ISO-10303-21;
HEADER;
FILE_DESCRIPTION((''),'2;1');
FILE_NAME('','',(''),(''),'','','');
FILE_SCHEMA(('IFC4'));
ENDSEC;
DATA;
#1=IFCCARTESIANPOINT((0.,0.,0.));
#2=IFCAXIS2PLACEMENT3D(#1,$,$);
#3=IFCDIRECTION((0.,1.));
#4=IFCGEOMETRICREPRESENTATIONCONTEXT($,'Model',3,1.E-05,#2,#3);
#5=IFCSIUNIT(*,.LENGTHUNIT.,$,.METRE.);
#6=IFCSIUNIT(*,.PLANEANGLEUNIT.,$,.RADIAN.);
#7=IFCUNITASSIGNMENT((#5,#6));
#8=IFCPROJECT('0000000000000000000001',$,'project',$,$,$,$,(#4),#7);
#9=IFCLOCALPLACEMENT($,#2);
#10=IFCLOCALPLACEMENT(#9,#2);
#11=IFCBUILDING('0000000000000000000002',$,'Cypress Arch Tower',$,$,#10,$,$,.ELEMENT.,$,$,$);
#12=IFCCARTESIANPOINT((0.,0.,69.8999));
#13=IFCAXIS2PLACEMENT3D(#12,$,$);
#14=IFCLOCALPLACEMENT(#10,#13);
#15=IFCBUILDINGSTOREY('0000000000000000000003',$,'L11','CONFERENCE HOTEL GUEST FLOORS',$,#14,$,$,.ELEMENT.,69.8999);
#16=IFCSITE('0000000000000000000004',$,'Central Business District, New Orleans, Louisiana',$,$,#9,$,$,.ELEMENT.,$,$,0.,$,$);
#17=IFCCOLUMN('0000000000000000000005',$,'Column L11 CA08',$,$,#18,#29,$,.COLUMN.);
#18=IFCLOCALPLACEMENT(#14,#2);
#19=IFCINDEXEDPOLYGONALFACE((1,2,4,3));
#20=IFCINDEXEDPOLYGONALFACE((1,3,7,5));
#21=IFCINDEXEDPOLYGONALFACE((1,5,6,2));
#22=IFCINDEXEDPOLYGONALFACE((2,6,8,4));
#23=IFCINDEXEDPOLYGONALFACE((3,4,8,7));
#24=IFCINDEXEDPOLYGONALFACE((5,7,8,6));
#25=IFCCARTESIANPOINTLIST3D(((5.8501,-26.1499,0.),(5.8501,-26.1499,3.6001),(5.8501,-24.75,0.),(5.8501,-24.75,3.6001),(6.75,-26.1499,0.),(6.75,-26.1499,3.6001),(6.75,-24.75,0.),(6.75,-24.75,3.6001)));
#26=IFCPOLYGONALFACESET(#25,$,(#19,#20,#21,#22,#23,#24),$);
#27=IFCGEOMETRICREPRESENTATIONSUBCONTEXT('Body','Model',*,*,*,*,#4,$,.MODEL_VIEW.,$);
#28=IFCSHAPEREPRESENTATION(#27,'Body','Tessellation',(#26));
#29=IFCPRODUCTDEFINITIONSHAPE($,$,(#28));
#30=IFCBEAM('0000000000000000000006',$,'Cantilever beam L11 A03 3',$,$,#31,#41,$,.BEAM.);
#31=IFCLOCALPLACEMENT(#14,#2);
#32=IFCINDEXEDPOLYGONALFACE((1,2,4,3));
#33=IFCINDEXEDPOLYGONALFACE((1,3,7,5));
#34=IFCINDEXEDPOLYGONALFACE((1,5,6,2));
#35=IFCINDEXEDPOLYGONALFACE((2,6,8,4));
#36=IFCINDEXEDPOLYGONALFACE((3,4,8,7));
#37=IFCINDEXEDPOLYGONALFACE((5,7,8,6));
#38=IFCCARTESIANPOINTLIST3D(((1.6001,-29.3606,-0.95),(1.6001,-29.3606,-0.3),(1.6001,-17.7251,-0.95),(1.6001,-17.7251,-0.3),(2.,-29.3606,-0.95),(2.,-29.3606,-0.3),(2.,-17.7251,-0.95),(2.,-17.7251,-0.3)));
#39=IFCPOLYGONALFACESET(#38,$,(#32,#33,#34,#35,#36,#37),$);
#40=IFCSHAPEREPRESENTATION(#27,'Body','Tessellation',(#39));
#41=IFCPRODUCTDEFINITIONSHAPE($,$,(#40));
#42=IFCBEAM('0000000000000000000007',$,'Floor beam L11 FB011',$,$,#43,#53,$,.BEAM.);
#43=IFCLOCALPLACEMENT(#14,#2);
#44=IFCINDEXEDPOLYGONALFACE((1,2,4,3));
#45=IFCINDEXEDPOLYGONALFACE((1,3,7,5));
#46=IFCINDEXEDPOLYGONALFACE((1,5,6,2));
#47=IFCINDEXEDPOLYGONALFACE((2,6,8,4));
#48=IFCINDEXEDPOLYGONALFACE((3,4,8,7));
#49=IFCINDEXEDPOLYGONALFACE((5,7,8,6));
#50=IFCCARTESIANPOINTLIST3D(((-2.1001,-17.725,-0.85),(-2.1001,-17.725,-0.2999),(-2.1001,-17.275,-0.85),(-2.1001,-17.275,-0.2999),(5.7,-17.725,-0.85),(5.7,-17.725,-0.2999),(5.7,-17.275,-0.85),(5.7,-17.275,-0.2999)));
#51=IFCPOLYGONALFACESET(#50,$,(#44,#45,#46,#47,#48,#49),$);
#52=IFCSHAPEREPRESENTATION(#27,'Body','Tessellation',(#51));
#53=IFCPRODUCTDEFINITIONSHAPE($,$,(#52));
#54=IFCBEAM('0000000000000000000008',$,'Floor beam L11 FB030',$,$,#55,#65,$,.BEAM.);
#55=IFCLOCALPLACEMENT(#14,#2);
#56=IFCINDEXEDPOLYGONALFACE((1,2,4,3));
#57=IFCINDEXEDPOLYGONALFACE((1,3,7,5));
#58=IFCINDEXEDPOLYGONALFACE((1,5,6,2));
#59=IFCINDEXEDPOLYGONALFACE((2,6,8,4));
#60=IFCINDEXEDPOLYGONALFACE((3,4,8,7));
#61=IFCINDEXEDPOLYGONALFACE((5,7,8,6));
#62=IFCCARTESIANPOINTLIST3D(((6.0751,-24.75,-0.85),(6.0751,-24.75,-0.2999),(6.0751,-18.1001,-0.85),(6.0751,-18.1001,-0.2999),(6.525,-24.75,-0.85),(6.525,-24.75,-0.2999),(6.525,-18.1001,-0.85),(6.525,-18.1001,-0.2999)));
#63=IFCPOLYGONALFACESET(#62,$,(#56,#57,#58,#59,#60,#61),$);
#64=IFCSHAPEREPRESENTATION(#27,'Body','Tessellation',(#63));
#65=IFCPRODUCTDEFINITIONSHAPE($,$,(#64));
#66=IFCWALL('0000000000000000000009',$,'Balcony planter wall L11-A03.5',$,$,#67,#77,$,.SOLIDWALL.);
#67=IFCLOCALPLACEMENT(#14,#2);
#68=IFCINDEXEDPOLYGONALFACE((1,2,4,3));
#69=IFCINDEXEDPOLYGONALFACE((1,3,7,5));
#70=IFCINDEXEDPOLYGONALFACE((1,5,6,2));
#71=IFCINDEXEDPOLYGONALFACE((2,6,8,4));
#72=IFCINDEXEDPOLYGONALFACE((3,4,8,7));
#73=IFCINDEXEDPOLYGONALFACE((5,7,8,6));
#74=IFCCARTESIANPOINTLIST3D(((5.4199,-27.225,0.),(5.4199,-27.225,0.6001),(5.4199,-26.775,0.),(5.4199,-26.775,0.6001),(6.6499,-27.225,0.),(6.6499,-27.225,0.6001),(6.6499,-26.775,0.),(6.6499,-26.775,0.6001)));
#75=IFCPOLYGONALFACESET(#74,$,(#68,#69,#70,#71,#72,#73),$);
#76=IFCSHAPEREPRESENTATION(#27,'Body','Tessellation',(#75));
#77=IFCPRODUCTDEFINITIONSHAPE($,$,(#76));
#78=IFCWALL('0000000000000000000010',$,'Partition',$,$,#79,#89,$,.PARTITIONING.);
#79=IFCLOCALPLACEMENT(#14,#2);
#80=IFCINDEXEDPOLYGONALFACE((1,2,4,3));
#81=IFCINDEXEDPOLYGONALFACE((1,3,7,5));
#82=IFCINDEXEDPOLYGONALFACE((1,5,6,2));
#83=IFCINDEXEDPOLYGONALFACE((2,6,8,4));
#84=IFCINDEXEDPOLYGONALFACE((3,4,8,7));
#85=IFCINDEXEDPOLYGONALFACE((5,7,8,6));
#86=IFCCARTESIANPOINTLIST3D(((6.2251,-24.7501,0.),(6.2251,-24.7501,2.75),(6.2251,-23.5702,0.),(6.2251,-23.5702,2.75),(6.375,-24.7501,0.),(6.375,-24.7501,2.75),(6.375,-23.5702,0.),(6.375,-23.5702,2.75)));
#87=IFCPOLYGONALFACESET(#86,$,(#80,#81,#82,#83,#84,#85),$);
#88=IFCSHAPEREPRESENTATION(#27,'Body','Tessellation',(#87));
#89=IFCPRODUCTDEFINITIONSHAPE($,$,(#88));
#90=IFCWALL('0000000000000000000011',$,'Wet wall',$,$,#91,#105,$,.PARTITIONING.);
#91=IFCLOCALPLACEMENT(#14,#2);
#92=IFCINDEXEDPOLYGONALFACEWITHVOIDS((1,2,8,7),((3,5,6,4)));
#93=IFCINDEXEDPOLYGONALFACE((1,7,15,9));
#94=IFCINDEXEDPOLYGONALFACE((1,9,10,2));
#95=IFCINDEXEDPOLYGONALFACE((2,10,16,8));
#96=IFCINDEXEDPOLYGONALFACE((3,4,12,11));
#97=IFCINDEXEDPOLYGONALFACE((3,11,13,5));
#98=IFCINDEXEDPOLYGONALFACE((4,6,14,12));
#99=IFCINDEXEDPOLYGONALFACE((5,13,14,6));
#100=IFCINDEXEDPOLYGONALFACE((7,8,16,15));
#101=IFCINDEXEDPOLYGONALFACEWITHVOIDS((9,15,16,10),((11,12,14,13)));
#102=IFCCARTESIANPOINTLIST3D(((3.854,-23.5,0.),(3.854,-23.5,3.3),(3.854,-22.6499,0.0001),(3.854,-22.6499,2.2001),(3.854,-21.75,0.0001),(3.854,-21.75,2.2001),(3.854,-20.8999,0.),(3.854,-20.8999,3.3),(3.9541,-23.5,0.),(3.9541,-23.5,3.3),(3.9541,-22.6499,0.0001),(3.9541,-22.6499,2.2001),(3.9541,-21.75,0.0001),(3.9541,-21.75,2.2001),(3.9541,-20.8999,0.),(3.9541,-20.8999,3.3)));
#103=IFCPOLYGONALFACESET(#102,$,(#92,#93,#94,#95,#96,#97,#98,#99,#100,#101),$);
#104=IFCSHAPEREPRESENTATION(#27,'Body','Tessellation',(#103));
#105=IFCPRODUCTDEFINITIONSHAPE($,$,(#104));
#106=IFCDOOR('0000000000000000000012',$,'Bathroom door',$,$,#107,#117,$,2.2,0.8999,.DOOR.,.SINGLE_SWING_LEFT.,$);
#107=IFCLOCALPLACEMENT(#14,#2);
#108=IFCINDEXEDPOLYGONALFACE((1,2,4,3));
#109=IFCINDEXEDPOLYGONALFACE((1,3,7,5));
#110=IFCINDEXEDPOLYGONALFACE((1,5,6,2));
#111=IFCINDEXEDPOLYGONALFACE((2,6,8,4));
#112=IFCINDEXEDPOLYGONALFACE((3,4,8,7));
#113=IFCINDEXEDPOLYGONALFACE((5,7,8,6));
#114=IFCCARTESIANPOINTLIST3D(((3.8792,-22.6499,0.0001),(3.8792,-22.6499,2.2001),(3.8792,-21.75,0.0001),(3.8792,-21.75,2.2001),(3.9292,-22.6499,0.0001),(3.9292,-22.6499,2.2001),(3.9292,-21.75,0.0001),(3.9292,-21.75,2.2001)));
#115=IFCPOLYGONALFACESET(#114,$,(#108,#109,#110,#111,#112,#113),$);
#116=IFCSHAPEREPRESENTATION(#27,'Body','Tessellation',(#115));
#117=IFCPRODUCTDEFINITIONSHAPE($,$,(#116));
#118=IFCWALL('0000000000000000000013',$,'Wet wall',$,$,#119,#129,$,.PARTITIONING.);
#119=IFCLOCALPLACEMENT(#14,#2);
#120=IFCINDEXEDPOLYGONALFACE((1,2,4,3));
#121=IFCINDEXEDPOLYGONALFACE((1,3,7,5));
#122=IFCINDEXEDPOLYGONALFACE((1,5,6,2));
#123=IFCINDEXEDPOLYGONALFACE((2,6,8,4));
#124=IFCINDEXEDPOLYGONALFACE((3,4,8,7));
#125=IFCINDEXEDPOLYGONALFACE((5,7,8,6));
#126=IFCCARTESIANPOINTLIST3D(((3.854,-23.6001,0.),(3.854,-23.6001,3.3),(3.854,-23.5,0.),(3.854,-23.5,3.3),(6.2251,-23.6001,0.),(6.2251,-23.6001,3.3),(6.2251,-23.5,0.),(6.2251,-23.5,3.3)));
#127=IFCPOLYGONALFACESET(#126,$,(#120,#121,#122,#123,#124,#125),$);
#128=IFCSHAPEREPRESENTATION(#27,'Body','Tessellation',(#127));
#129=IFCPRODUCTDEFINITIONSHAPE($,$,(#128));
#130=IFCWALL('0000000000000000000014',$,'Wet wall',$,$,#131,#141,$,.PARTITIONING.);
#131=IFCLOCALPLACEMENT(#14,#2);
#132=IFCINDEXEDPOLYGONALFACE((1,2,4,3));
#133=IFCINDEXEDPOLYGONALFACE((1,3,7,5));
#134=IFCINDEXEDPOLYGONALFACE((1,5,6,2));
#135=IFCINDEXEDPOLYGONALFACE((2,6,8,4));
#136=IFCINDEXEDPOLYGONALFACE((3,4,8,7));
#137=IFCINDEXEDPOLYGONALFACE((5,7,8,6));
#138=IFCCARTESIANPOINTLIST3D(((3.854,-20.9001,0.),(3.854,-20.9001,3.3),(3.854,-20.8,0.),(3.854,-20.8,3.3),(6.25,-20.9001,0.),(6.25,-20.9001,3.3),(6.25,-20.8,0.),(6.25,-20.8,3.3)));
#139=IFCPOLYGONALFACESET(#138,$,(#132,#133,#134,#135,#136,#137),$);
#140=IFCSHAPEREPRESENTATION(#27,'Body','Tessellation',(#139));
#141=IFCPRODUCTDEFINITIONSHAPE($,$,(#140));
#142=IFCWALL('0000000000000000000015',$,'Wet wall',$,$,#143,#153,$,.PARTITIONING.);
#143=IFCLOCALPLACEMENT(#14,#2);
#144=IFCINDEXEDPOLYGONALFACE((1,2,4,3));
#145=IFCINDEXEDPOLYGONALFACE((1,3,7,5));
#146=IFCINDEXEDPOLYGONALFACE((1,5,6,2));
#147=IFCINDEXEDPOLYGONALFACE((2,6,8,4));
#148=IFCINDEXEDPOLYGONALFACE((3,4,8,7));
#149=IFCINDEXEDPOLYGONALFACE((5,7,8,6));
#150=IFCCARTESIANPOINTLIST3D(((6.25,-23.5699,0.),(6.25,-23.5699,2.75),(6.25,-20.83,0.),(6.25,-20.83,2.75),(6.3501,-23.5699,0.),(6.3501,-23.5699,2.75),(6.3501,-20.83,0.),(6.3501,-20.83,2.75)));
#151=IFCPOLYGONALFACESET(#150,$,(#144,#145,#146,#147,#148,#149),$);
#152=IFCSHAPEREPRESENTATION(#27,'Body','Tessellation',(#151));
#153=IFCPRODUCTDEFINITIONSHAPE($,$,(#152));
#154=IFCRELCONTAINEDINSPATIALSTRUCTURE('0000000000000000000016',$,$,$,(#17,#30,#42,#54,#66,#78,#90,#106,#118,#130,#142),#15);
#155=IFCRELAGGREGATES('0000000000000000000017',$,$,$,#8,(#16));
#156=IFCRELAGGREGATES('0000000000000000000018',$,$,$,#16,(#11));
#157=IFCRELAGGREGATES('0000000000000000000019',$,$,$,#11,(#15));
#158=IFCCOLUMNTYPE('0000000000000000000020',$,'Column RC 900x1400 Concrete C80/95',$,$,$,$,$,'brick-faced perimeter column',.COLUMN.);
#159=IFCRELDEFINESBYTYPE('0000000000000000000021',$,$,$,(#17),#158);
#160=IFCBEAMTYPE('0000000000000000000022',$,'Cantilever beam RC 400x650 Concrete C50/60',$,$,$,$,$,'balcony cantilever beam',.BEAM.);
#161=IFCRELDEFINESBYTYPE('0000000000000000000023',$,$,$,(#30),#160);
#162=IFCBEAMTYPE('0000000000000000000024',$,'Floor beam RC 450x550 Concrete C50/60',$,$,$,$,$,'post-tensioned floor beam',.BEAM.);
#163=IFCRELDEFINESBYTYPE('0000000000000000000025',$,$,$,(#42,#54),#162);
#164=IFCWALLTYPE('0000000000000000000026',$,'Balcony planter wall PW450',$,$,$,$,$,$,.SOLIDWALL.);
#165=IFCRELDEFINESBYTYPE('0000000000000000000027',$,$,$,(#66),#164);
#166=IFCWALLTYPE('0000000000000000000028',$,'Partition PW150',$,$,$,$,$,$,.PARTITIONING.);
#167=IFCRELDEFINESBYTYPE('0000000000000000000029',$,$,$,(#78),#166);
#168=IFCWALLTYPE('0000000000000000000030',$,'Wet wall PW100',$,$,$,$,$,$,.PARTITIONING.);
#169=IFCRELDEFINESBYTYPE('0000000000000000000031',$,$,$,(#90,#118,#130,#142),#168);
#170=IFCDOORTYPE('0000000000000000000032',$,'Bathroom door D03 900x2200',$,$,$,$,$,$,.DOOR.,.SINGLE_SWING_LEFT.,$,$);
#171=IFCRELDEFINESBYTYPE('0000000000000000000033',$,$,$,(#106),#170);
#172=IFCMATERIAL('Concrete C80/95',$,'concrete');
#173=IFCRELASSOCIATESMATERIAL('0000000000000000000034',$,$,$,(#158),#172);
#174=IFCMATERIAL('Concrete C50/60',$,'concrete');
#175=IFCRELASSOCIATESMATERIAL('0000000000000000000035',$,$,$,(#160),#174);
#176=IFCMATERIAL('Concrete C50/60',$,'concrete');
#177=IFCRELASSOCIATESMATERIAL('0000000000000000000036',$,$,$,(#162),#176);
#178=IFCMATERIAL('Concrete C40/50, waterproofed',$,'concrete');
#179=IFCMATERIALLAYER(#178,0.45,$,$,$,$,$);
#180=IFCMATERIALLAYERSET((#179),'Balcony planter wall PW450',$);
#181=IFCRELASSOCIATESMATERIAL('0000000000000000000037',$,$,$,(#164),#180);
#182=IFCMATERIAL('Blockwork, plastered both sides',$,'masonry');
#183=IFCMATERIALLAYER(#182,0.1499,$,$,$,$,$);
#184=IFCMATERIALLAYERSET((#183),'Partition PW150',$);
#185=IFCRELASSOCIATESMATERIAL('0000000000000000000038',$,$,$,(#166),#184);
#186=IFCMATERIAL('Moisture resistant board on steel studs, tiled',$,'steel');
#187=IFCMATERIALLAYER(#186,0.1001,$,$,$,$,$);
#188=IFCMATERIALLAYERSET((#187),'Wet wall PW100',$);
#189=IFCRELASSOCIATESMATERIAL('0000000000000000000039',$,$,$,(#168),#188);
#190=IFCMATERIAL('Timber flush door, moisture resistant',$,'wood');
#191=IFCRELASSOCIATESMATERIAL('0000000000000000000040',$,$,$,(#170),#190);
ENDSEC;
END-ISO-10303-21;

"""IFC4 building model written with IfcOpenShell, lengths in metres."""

from ifc_helpers import new_model, si_unit, direction, frame, frame_2d, origin, origin_2d, place, context, subcontext, project, spatial, rectangle, extrude, material, layer, layer_set, material_profile, profile_set, type_object, element, fill, save


model = new_model("IFC4")

# Units and contexts
model_context = context("Model", 3, precision=1e-05, world=origin(), true_north=direction((0.0, 1.0)))
body_context = subcontext(model_context, "Body", "Model", "MODEL_VIEW")
ifc_project = project(units=[si_unit("LENGTHUNIT", "METRE"), si_unit("PLANEANGLEUNIT", "RADIAN")], contexts=[model_context])

# Site, building, storey
site_placement = place(None, origin())
site = spatial("IfcSite", under=ifc_project, at=site_placement, Name="Central Business District, New Orleans, Louisiana", CompositionType="ELEMENT", RefElevation=0.0)
building_placement = place(site_placement, origin())
building = spatial("IfcBuilding", under=site, at=building_placement, Name="Cypress Arch Tower", CompositionType="ELEMENT")
storey_placement = place(building_placement, frame((0.0, 0.0, 69.8999)))
storey = spatial("IfcBuildingStorey", under=building, at=storey_placement, Name="L11", Description="CONFERENCE HOTEL GUEST FLOORS", CompositionType="ELEMENT", Elevation=69.8999)

# Column
ifc_material_1 = material(Name="Concrete C80/95", Category="concrete")
ifc_material_profile_1 = material_profile(ifc_material_1, rectangle(XDim=0.8999, YDim=1.3999, at=origin_2d()), Name="RC 900x1400")
ifc_profile_set_1 = profile_set([ifc_material_profile_1], Name="Concrete C80/95")
column_type = type_object("IfcColumnType", Name="Column RC 900x1400 Concrete C80/95", ElementType="brick-faced perimeter column", PredefinedType="COLUMN", material=ifc_profile_set_1)
column_placement = place(storey_placement, frame((6.3, -25.45, 0.0), z_axis=(0.0, 0.0, 1.0), x_axis=(1.0, 0.0, 0.0)))
element("IfcColumn", 1, at=column_placement, inside=storey, type_object=column_type, Name="Column L11 CA08", PredefinedType="COLUMN", context=body_context, shape_type="SweptSolid", body=[
    extrude(rectangle(XDim=0.8999, YDim=1.3999, at=origin_2d()), origin(), (0.0, 0.0, 1.0), 3.6001),
])

# Beams
ifc_material_2 = material(Name="Concrete C50/60", Category="concrete")
ifc_material_profile_2 = material_profile(ifc_material_2, rectangle(XDim=0.3999, YDim=0.6499, at=origin_2d()), Name="RC 400x650")
ifc_profile_set_2 = profile_set([ifc_material_profile_2], Name="Concrete C50/60")
beam_type_1 = type_object("IfcBeamType", Name="Cantilever beam RC 400x650 Concrete C50/60", ElementType="balcony cantilever beam", PredefinedType="BEAM", material=ifc_profile_set_2)
beam_1_placement = place(storey_placement, frame((1.8, -17.7251, -0.625), z_axis=(0.0, -1.0, 0.0), x_axis=(1.0, 0.0, 0.0)))
element("IfcBeam", 2, at=beam_1_placement, inside=storey, type_object=beam_type_1, Name="Cantilever beam L11 A03 3", PredefinedType="BEAM", context=body_context, shape_type="SweptSolid", body=[
    extrude(rectangle(XDim=0.3999, YDim=0.6499, at=origin_2d()), origin(), (0.0, 0.0, 1.0), 11.6355),
])
ifc_material_3 = material(Name="Concrete C50/60", Category="concrete")
ifc_material_profile_3 = material_profile(ifc_material_3, rectangle(XDim=0.45, YDim=0.55, at=origin_2d()), Name="RC 450x550")
ifc_profile_set_3 = profile_set([ifc_material_profile_3], Name="Concrete C50/60")
beam_type_2 = type_object("IfcBeamType", Name="Floor beam RC 450x550 Concrete C50/60", ElementType="post-tensioned floor beam", PredefinedType="BEAM", material=ifc_profile_set_3)
beam_2_placement = place(storey_placement, frame((-2.1001, -17.5, -0.575), z_axis=(1.0, 0.0, 0.0), x_axis=(0.0, 1.0, 0.0)))
element("IfcBeam", 3, at=beam_2_placement, inside=storey, type_object=beam_type_2, Name="Floor beam L11 FB011", PredefinedType="BEAM", context=body_context, shape_type="SweptSolid", body=[
    extrude(rectangle(XDim=0.45, YDim=0.55, at=origin_2d()), origin(), (0.0, 0.0, 1.0), 7.8),
])
beam_3_placement = place(storey_placement, frame((6.3, -24.75, -0.575), z_axis=(0.0, 1.0, 0.0), x_axis=(-1.0, 0.0, 0.0)))
element("IfcBeam", 4, at=beam_3_placement, inside=storey, type_object=beam_type_2, Name="Floor beam L11 FB030", PredefinedType="BEAM", context=body_context, shape_type="SweptSolid", body=[
    extrude(rectangle(XDim=0.45, YDim=0.55, at=origin_2d()), origin(), (0.0, 0.0, 1.0), 6.6499),
])

# Wall
ifc_material_4 = material(Name="Concrete C40/50, waterproofed", Category="concrete")
ifc_layer_1 = layer(ifc_material_4, 0.45)
ifc_layer_set_1 = layer_set([ifc_layer_1], Name="Balcony planter wall PW450")
wall_type_1 = type_object("IfcWallType", Name="Balcony planter wall PW450", PredefinedType="SOLIDWALL", material=ifc_layer_set_1)
wall_1_placement = place(storey_placement, frame((5.4199, -27.0, 0.0), z_axis=(0.0, 0.0, 1.0), x_axis=(1.0, 0.0, 0.0)))
element("IfcWall", 5, at=wall_1_placement, inside=storey, type_object=wall_type_1, Name="Balcony planter wall L11-A03.5", PredefinedType="SOLIDWALL", context=body_context, shape_type="SweptSolid", body=[
    extrude(rectangle(XDim=1.23, YDim=0.45, at=frame_2d((0.615, 0.0))), origin(), (0.0, 0.0, 1.0), 0.6001),
])

# Wall
ifc_material_5 = material(Name="Blockwork, plastered both sides", Category="masonry")
ifc_layer_2 = layer(ifc_material_5, 0.1499)
ifc_layer_set_2 = layer_set([ifc_layer_2], Name="Partition PW150")
wall_type_2 = type_object("IfcWallType", Name="Partition PW150", PredefinedType="PARTITIONING", material=ifc_layer_set_2)
wall_2_placement = place(storey_placement, frame((6.3, -24.75, 0.0), z_axis=(0.0, 0.0, 1.0), x_axis=(0.0, 1.0, 0.0)))
element("IfcWall", 6, at=wall_2_placement, inside=storey, type_object=wall_type_2, Name="Partition", PredefinedType="PARTITIONING", context=body_context, shape_type="SweptSolid", body=[
    extrude(rectangle(XDim=1.1799, YDim=0.1499, at=frame_2d((0.5898, 0.0))), origin(), (0.0, 0.0, 1.0), 2.75),
])

# Wall, opening, door
ifc_material_6 = material(Name="Moisture resistant board on steel studs, tiled", Category="steel")
ifc_layer_3 = layer(ifc_material_6, 0.1001)
ifc_layer_set_3 = layer_set([ifc_layer_3], Name="Wet wall PW100")
wall_type_3 = type_object("IfcWallType", Name="Wet wall PW100", PredefinedType="PARTITIONING", material=ifc_layer_set_3)
wall_3_placement = place(storey_placement, frame((3.9041, -23.5, 0.0), z_axis=(0.0, 0.0, 1.0), x_axis=(0.0, 1.0, 0.0)))
wall_3 = element("IfcWall", 7, at=wall_3_placement, inside=storey, type_object=wall_type_3, Name="Wet wall", PredefinedType="PARTITIONING", context=body_context, shape_type="SweptSolid", body=[
    extrude(rectangle(XDim=2.6001, YDim=0.1001, at=frame_2d((1.3, 0.0))), origin(), (0.0, 0.0, 1.0), 3.3),
])
opening_1_placement = place(wall_3_placement, frame((0.8501, 0.0, 0.0)))
opening_1 = element("IfcOpeningElement", 8, at=opening_1_placement, cuts=wall_3, PredefinedType="OPENING", context=body_context, shape_type="SweptSolid", body=[
    extrude(rectangle(XDim=0.8999, YDim=2.2, at=frame_2d((0.45, 1.1001))), frame((0.0, 0.0601, 0.0), z_axis=(0.0, -1.0, 0.0), x_axis=(1.0, 0.0, 0.0)), (0.0, 0.0, 1.0), 0.1201),
])
ifc_material_7 = material(Name="Timber flush door, moisture resistant", Category="wood")
door_type_1 = type_object("IfcDoorType", Name="Bathroom door D03 900x2200", OperationType="SINGLE_SWING_LEFT", PredefinedType="DOOR", material=ifc_material_7)
door_1_placement = place(opening_1_placement, origin())
door_1 = element("IfcDoor", 9, at=door_1_placement, inside=storey, type_object=door_type_1, Name="Bathroom door", OperationType="SINGLE_SWING_LEFT", OverallHeight=2.2, OverallWidth=0.8999, PredefinedType="DOOR", context=body_context, shape_type="SweptSolid", body=[
    extrude(rectangle(XDim=0.8999, YDim=2.2, at=frame_2d((0.45, 1.1001))), frame((0.0, 0.0249, 0.0), z_axis=(0.0, -1.0, 0.0), x_axis=(1.0, 0.0, 0.0)), (0.0, 0.0, 1.0), 0.05),
])
fill(opening_1, door_1)

# Walls
wall_4_placement = place(storey_placement, frame((3.854, -23.55, 0.0), z_axis=(0.0, 0.0, 1.0), x_axis=(1.0, 0.0, 0.0)))
element("IfcWall", 10, at=wall_4_placement, inside=storey, type_object=wall_type_3, Name="Wet wall", PredefinedType="PARTITIONING", context=body_context, shape_type="SweptSolid", body=[
    extrude(rectangle(XDim=2.3711, YDim=0.1001, at=frame_2d((1.1855, 0.0))), origin(), (0.0, 0.0, 1.0), 3.3),
])
wall_5_placement = place(storey_placement, frame((3.854, -20.8501, 0.0), z_axis=(0.0, 0.0, 1.0), x_axis=(1.0, 0.0, 0.0)))
element("IfcWall", 11, at=wall_5_placement, inside=storey, type_object=wall_type_3, Name="Wet wall", PredefinedType="PARTITIONING", context=body_context, shape_type="SweptSolid", body=[
    extrude(rectangle(XDim=2.396, YDim=0.1001, at=frame_2d((1.198, 0.0))), origin(), (0.0, 0.0, 1.0), 3.3),
])
wall_6_placement = place(storey_placement, frame((6.3, -23.5701, 0.0), z_axis=(0.0, 0.0, 1.0), x_axis=(0.0, 1.0, 0.0)))
element("IfcWall", 12, at=wall_6_placement, inside=storey, type_object=wall_type_3, Name="Wet wall", PredefinedType="PARTITIONING", context=body_context, shape_type="SweptSolid", body=[
    extrude(rectangle(XDim=2.74, YDim=0.1001, at=frame_2d((1.3701, 0.0))), origin(), (0.0, 0.0, 1.0), 2.75),
])

save(model, "model.ifc")
